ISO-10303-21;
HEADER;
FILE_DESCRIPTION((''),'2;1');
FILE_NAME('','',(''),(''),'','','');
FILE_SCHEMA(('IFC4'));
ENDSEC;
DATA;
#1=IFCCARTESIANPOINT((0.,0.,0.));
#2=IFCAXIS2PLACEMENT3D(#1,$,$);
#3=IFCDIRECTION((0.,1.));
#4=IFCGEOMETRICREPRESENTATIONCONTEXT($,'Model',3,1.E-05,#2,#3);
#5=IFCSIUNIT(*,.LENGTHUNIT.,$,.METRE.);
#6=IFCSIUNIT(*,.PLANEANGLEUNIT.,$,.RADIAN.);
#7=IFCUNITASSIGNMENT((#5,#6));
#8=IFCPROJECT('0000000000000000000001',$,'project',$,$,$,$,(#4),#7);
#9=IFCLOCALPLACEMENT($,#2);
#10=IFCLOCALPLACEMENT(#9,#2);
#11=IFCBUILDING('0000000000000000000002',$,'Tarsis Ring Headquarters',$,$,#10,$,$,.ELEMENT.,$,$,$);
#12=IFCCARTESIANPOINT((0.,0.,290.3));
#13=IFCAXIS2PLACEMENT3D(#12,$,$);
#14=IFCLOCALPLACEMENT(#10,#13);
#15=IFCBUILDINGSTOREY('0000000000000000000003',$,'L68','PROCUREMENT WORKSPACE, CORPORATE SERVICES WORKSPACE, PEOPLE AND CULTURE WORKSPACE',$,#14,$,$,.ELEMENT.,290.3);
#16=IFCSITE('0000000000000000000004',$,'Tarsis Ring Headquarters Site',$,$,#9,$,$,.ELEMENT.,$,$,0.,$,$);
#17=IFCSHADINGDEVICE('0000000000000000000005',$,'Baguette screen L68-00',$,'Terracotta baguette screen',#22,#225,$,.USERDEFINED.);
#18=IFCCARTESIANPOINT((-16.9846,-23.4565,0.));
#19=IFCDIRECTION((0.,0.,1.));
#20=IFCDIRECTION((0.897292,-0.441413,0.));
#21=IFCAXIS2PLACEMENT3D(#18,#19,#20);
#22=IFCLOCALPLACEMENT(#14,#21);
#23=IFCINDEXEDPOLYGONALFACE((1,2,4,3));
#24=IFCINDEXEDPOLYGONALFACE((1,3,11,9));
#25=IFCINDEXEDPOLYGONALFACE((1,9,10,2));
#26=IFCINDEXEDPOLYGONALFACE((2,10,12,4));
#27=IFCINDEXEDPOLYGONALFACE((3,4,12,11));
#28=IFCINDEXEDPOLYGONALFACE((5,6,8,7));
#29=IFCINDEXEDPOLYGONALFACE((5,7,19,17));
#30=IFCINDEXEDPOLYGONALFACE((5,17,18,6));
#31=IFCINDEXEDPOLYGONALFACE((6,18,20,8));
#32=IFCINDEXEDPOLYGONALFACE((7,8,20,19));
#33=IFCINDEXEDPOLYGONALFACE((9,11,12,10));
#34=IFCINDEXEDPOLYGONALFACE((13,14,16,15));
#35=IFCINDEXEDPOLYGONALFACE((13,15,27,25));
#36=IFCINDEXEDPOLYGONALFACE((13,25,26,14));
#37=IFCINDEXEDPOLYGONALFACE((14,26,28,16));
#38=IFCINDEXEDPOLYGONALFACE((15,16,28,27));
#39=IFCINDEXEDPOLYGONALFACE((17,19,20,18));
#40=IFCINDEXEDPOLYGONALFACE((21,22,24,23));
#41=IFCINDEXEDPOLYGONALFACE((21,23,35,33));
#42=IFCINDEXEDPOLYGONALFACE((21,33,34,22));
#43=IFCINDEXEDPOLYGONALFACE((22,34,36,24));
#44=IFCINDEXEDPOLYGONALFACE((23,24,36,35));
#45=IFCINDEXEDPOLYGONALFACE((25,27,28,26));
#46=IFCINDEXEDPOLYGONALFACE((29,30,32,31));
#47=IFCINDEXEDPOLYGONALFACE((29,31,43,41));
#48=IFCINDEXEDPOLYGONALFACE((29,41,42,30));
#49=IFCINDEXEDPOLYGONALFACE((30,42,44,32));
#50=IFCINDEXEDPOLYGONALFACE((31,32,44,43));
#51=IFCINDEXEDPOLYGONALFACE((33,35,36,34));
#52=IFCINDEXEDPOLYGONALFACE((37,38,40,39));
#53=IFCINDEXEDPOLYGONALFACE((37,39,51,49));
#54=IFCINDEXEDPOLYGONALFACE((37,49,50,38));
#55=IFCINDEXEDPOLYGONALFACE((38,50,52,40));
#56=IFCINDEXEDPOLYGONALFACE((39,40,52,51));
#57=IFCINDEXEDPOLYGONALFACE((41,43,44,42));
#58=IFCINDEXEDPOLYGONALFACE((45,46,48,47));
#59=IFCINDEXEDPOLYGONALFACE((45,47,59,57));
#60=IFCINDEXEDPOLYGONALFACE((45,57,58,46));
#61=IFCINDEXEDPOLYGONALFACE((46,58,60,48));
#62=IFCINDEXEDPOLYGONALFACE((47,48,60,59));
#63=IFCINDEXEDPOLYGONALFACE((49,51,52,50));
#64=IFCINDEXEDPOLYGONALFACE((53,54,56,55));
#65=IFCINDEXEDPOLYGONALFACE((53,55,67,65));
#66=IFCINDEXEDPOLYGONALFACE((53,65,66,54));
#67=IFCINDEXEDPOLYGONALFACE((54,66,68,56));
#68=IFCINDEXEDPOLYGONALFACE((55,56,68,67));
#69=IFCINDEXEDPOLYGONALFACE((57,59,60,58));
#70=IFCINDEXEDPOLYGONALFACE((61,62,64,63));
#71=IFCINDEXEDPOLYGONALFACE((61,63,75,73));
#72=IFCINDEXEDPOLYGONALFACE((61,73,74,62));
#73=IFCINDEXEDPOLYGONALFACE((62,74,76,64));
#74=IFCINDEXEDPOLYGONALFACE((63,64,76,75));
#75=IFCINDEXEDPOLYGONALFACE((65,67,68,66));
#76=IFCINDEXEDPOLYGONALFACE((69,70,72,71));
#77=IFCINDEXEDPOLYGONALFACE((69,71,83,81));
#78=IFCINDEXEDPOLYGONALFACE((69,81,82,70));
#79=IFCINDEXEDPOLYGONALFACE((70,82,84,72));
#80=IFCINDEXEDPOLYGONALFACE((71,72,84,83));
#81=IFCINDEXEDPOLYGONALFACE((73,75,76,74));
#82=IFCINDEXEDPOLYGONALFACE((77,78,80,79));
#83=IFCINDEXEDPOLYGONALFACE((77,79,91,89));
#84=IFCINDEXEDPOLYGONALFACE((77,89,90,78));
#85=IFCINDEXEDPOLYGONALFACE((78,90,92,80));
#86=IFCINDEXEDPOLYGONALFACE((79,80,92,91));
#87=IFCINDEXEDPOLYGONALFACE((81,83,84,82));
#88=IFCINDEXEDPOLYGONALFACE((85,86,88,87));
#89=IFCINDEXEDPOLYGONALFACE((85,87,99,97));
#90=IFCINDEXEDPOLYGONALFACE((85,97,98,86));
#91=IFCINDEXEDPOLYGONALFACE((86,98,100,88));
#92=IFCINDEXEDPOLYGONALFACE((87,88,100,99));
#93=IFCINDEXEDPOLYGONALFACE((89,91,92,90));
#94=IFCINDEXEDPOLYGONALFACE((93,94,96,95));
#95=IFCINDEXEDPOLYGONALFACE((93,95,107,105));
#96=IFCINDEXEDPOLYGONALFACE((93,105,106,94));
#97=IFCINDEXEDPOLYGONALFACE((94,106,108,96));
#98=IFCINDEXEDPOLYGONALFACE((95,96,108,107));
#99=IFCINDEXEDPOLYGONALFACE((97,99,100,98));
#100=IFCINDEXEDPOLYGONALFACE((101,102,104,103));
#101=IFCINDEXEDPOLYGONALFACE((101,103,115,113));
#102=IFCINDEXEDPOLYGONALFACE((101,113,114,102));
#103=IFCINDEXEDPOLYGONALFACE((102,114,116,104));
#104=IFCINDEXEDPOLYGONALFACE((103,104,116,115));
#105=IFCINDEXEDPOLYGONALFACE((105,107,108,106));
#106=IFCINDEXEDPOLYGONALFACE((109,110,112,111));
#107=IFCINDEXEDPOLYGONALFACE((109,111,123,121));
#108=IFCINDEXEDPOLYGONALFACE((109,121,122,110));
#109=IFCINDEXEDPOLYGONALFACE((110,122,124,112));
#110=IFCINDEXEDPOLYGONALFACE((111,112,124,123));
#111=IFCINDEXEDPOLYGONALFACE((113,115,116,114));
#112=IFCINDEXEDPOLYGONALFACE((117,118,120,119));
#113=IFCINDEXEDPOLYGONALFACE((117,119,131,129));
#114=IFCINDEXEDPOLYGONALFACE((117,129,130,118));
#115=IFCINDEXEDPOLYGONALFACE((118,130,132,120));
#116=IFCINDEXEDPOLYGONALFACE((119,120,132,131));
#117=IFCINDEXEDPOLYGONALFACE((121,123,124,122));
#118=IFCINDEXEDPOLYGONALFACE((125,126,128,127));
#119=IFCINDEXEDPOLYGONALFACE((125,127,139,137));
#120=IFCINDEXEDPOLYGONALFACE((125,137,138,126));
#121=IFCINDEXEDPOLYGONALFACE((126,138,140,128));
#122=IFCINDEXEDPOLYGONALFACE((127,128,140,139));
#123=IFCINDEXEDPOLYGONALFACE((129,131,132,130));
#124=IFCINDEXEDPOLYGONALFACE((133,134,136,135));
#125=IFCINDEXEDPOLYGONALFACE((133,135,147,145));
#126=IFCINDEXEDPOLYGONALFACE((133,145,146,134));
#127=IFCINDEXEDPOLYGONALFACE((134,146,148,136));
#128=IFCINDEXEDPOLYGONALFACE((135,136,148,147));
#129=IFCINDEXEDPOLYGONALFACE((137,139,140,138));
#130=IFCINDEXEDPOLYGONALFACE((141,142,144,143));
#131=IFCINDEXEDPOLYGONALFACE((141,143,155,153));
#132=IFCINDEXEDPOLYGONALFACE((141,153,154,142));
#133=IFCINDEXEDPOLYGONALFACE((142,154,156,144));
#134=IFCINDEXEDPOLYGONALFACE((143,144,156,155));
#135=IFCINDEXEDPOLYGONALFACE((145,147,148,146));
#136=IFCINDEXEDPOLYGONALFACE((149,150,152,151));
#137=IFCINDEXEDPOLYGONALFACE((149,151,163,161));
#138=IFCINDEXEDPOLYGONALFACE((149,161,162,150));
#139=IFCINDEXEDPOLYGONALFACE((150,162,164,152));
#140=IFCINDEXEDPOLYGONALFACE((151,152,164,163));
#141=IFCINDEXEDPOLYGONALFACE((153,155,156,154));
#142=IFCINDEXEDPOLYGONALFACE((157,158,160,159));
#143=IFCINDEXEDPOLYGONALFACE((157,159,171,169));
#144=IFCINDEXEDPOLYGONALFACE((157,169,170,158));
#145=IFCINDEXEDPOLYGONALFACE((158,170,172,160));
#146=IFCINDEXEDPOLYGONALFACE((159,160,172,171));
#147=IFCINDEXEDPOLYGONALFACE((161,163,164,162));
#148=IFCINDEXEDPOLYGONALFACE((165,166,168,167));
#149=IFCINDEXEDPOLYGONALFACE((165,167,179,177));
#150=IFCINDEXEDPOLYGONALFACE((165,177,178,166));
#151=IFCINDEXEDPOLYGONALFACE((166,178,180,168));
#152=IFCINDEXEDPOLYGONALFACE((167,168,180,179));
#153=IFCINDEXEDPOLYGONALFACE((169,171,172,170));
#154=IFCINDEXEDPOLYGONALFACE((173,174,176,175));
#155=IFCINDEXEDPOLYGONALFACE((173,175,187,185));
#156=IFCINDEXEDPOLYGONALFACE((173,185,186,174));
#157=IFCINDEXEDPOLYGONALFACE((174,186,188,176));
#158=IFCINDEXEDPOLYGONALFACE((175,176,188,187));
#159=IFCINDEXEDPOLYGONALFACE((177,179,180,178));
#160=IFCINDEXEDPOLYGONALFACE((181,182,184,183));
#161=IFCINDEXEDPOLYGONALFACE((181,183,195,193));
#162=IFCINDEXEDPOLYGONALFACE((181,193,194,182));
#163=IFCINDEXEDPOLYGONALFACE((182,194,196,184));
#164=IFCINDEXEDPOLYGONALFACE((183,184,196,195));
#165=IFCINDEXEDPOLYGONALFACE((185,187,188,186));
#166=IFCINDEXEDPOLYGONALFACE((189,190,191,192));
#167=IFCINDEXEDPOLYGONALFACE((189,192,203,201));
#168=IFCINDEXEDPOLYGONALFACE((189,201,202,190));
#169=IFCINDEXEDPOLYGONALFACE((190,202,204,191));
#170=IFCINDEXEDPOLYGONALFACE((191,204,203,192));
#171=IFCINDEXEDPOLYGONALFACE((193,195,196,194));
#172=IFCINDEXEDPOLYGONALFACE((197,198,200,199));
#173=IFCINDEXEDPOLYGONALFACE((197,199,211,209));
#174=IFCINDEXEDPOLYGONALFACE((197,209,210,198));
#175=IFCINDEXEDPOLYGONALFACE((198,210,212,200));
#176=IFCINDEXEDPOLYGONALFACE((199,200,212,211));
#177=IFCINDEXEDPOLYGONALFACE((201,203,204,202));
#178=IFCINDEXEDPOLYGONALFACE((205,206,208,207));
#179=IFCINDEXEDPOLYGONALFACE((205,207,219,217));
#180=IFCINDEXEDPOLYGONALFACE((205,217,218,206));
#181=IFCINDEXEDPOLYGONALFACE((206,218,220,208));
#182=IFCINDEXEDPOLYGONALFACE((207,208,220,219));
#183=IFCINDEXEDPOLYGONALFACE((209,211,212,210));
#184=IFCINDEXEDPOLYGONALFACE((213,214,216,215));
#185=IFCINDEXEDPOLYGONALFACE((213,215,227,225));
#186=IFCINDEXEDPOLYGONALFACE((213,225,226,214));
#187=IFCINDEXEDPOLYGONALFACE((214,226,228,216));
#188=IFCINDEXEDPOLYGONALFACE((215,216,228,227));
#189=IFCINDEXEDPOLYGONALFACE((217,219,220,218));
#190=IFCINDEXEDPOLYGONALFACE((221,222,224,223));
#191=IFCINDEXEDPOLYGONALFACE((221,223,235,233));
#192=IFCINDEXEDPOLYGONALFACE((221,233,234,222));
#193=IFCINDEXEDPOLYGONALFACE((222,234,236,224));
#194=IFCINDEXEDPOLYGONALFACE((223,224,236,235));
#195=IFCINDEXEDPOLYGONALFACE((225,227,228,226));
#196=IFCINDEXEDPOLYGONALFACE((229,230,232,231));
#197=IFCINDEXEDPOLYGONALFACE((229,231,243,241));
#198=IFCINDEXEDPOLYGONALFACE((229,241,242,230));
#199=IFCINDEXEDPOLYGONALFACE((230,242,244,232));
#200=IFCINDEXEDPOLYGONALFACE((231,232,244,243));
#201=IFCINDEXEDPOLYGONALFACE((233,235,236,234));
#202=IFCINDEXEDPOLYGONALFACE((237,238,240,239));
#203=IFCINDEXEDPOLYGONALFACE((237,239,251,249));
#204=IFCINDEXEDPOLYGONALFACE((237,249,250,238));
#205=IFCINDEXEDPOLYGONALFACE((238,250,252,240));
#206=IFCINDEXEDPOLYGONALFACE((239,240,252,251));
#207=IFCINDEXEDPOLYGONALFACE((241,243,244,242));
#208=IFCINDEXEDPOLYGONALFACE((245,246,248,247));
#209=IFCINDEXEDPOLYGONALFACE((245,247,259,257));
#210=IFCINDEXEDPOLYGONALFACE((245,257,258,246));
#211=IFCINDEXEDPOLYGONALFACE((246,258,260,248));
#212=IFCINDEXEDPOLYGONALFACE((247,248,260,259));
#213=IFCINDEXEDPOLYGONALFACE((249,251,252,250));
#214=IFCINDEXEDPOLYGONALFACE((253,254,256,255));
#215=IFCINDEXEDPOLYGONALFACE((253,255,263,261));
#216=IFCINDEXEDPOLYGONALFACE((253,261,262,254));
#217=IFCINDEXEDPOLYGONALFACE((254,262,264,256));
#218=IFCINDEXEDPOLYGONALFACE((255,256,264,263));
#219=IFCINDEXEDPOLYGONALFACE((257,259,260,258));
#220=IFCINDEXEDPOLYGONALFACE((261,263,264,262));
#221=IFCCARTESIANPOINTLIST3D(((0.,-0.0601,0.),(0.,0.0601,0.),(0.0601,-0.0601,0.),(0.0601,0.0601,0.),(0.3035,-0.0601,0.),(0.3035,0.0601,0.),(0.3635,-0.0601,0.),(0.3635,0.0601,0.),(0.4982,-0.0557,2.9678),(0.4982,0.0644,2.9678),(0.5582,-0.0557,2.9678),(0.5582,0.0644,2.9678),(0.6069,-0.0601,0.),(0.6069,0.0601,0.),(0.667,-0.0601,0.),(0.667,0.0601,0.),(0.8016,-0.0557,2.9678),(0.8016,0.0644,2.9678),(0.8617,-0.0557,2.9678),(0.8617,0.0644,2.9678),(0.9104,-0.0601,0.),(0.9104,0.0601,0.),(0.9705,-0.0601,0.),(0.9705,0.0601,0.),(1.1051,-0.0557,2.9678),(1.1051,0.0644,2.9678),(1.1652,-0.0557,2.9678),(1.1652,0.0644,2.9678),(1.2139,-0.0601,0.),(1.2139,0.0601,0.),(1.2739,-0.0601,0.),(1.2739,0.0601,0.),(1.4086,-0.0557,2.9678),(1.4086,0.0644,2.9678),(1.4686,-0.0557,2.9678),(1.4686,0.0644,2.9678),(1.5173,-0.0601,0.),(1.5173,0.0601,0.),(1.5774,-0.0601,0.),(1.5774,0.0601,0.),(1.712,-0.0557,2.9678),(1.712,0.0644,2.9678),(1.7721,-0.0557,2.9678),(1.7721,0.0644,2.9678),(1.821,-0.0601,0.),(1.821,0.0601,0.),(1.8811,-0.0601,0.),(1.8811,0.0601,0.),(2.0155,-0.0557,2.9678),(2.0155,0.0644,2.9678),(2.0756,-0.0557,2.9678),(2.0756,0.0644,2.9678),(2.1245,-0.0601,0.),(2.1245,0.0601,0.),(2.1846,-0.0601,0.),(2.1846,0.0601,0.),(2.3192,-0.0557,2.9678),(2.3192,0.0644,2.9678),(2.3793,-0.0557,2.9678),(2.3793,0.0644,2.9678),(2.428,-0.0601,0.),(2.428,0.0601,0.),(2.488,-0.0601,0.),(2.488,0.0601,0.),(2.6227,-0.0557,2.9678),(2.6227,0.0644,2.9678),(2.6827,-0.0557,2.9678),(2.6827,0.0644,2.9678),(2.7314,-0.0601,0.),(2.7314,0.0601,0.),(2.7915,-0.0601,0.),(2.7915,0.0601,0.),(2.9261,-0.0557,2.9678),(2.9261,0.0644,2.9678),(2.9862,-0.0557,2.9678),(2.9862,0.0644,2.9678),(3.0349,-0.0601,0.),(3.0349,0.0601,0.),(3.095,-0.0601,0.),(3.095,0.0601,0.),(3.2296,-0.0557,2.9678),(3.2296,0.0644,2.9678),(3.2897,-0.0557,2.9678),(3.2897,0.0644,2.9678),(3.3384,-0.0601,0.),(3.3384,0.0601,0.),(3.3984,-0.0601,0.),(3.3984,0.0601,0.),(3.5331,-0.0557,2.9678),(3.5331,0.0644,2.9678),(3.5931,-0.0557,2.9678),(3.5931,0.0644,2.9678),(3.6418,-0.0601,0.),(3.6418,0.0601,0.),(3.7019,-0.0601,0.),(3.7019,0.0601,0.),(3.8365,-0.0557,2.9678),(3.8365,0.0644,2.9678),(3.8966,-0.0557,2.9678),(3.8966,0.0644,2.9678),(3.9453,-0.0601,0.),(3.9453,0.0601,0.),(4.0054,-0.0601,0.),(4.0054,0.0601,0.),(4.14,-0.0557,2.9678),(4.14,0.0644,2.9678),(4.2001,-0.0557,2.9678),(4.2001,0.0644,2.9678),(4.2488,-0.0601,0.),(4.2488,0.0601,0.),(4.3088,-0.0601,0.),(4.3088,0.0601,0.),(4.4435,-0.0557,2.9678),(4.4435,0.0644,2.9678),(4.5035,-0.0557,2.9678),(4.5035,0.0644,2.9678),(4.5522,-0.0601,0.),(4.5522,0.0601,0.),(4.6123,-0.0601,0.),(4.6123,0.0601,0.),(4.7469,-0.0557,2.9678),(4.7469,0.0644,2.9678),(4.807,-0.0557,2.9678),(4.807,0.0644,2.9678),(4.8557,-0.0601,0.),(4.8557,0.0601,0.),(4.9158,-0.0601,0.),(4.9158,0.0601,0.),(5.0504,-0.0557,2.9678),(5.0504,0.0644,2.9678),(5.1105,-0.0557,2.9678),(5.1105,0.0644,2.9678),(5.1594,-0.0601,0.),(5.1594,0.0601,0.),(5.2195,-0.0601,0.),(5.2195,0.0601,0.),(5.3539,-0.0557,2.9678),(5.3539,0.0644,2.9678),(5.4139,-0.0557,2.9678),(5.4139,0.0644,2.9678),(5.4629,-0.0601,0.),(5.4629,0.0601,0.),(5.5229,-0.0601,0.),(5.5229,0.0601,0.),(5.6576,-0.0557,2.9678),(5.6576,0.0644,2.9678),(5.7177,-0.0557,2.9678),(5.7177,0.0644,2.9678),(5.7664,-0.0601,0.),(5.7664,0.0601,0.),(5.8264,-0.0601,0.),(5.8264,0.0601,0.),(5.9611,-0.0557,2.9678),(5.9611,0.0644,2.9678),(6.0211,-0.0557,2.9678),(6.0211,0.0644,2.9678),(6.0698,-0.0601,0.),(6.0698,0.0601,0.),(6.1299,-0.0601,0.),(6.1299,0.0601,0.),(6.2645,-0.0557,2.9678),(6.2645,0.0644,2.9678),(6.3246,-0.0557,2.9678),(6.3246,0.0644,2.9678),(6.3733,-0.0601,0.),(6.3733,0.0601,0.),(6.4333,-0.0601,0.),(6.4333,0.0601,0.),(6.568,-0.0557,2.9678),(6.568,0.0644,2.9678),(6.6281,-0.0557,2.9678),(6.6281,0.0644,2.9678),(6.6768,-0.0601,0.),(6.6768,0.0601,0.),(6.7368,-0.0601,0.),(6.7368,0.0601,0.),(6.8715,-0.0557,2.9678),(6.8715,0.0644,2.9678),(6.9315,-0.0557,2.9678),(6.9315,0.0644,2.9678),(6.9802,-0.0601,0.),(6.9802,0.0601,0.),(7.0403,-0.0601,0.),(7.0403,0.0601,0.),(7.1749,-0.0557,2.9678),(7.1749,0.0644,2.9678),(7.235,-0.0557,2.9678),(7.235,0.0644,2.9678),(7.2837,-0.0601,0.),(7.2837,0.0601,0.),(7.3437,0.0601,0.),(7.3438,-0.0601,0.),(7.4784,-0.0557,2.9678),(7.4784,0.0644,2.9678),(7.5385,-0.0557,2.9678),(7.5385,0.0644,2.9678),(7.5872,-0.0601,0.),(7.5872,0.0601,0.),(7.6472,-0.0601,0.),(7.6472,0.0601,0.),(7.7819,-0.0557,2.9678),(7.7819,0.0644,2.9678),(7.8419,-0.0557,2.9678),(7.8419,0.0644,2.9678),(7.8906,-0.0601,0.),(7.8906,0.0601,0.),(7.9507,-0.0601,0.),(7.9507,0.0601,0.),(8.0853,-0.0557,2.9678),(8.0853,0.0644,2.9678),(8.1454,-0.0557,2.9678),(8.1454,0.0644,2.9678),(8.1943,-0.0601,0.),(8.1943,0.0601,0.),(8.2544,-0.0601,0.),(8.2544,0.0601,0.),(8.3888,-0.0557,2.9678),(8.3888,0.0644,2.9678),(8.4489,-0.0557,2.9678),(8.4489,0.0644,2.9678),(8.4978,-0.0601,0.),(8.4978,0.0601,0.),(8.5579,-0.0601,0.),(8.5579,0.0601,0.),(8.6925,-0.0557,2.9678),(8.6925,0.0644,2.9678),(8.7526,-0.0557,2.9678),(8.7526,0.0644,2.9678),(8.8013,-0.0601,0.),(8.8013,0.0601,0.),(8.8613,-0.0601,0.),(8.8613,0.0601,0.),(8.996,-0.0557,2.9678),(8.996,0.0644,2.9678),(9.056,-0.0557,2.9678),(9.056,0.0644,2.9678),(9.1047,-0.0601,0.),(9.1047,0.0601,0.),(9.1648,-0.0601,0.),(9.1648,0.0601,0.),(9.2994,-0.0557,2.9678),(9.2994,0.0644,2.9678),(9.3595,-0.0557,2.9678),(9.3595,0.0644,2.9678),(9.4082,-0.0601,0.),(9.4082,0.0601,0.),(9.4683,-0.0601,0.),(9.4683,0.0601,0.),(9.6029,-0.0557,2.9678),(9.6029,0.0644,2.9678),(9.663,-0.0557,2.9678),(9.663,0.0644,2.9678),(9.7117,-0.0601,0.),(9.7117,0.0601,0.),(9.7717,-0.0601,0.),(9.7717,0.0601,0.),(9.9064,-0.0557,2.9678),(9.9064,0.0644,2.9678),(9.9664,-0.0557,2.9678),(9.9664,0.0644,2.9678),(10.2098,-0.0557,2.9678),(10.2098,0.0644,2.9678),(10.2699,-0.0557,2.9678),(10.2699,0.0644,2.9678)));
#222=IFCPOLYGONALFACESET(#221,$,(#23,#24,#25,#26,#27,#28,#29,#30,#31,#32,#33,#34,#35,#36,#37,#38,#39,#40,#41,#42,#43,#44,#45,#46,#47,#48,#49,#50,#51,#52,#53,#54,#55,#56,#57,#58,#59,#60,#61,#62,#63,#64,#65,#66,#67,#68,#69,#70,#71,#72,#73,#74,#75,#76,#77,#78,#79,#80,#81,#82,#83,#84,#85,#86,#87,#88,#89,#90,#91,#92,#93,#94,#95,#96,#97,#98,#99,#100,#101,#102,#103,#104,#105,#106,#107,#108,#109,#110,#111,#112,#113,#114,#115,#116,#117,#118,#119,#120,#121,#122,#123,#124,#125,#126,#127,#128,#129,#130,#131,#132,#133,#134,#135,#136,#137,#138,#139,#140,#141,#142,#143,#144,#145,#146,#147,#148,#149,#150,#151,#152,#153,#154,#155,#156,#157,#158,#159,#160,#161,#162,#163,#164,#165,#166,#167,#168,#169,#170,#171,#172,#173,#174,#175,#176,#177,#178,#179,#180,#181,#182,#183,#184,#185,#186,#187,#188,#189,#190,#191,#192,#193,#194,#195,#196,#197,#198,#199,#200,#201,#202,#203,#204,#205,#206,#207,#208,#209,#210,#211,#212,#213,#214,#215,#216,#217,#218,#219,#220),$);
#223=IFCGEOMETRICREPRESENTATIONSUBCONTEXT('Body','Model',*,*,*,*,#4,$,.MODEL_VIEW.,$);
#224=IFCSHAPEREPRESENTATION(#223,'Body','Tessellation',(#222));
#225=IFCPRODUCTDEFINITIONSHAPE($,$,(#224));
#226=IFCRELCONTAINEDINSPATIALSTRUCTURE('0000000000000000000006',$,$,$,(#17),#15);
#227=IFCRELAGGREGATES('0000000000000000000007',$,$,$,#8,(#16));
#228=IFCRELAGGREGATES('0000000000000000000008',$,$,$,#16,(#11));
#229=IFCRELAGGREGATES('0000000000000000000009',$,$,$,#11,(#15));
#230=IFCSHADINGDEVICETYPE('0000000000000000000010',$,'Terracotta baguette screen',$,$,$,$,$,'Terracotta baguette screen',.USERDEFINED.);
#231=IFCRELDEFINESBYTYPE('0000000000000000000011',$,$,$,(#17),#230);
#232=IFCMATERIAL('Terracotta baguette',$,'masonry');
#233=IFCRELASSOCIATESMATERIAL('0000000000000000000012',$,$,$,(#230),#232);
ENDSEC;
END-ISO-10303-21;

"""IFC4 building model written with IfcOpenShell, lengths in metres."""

from ifc_helpers import new_model, si_unit, direction, frame, frame_2d, origin, place, context, subcontext, project, spatial, rectangle, composite_profile, extrude, material, type_object, element, save


model = new_model("IFC4")

# Units and contexts
model_context = context("Model", 3, precision=1e-05, world=origin(), true_north=direction((0.0, 1.0)))
body_context = subcontext(model_context, "Body", "Model", "MODEL_VIEW")
ifc_project = project(units=[si_unit("LENGTHUNIT", "METRE"), si_unit("PLANEANGLEUNIT", "RADIAN")], contexts=[model_context])

# Site, building, storey
site_placement = place(None, origin())
site = spatial("IfcSite", under=ifc_project, at=site_placement, Name="Tarsis Ring Headquarters Site", CompositionType="ELEMENT", RefElevation=0.0)
building_placement = place(site_placement, origin())
building = spatial("IfcBuilding", under=site, at=building_placement, Name="Tarsis Ring Headquarters", CompositionType="ELEMENT")
storey_placement = place(building_placement, frame((0.0, 0.0, 290.3)))
storey = spatial("IfcBuildingStorey", under=building, at=storey_placement, Name="L68", Description="PROCUREMENT WORKSPACE, CORPORATE SERVICES WORKSPACE, PEOPLE AND CULTURE WORKSPACE", CompositionType="ELEMENT", Elevation=290.3)

# Shading device
ifc_material_1 = material(Name="Terracotta baguette", Category="masonry")
shading_device_type = type_object("IfcShadingDeviceType", Name="Terracotta baguette screen", ElementType="Terracotta baguette screen", PredefinedType="USERDEFINED", material=ifc_material_1)
shading_device_1_placement = place(storey_placement, frame((-16.9846, -23.4565, 0.0), z_axis=(0.0, 0.0, 1.0), x_axis=(0.897292, -0.441413, 0.0)))
element("IfcShadingDevice", 1, at=shading_device_1_placement, inside=storey, type_object=shading_device_type, Name="Baguette screen L68-00", ObjectType="Terracotta baguette screen", PredefinedType="USERDEFINED", context=body_context, shape_type="SweptSolid", body=[
    extrude(composite_profile([rectangle(XDim=0.0601, YDim=0.1201, at=frame_2d((0.03, 0.0))), rectangle(XDim=0.0601, YDim=0.1201, at=frame_2d((0.3335, 0.0))), rectangle(XDim=0.0601, YDim=0.1201, at=frame_2d((0.637, 0.0))), rectangle(XDim=0.0601, YDim=0.1201, at=frame_2d((0.9404, 0.0))), rectangle(XDim=0.0601, YDim=0.1201, at=frame_2d((1.2439, 0.0))), rectangle(XDim=0.0601, YDim=0.1201, at=frame_2d((1.5474, 0.0))), rectangle(XDim=0.0601, YDim=0.1201, at=frame_2d((1.8511, 0.0))), rectangle(XDim=0.0601, YDim=0.1201, at=frame_2d((2.1545, 0.0))), rectangle(XDim=0.0601, YDim=0.1201, at=frame_2d((2.458, 0.0))), rectangle(XDim=0.0601, YDim=0.1201, at=frame_2d((2.7615, 0.0))), rectangle(XDim=0.0601, YDim=0.1201, at=frame_2d((3.0649, 0.0))), rectangle(XDim=0.0601, YDim=0.1201, at=frame_2d((3.3684, 0.0))), rectangle(XDim=0.0601, YDim=0.1201, at=frame_2d((3.6719, 0.0))), rectangle(XDim=0.0601, YDim=0.1201, at=frame_2d((3.9753, 0.0))), rectangle(XDim=0.0601, YDim=0.1201, at=frame_2d((4.2788, 0.0))), rectangle(XDim=0.0601, YDim=0.1201, at=frame_2d((4.5823, 0.0))), rectangle(XDim=0.0601, YDim=0.1201, at=frame_2d((4.8857, 0.0))), rectangle(XDim=0.0601, YDim=0.1201, at=frame_2d((5.1895, 0.0))), rectangle(XDim=0.0601, YDim=0.1201, at=frame_2d((5.4929, 0.0))), rectangle(XDim=0.0601, YDim=0.1201, at=frame_2d((5.7964, 0.0))), rectangle(XDim=0.0601, YDim=0.1201, at=frame_2d((6.0999, 0.0))), rectangle(XDim=0.0601, YDim=0.1201, at=frame_2d((6.4033, 0.0))), rectangle(XDim=0.0601, YDim=0.1201, at=frame_2d((6.7068, 0.0))), rectangle(XDim=0.0601, YDim=0.1201, at=frame_2d((7.0103, 0.0))), rectangle(XDim=0.0601, YDim=0.1201, at=frame_2d((7.3137, 0.0))), rectangle(XDim=0.0601, YDim=0.1201, at=frame_2d((7.6172, 0.0))), rectangle(XDim=0.0601, YDim=0.1201, at=frame_2d((7.9207, 0.0))), rectangle(XDim=0.0601, YDim=0.1201, at=frame_2d((8.2244, 0.0))), rectangle(XDim=0.0601, YDim=0.1201, at=frame_2d((8.5278, 0.0))), rectangle(XDim=0.0601, YDim=0.1201, at=frame_2d((8.8313, 0.0))), rectangle(XDim=0.0601, YDim=0.1201, at=frame_2d((9.1348, 0.0))), rectangle(XDim=0.0601, YDim=0.1201, at=frame_2d((9.4382, 0.0))), rectangle(XDim=0.0601, YDim=0.1201, at=frame_2d((9.7417, 0.0)))]), origin(), (0.165544, 0.001443, 0.986201), 3.0093),
])

save(model, "model.ifc")
